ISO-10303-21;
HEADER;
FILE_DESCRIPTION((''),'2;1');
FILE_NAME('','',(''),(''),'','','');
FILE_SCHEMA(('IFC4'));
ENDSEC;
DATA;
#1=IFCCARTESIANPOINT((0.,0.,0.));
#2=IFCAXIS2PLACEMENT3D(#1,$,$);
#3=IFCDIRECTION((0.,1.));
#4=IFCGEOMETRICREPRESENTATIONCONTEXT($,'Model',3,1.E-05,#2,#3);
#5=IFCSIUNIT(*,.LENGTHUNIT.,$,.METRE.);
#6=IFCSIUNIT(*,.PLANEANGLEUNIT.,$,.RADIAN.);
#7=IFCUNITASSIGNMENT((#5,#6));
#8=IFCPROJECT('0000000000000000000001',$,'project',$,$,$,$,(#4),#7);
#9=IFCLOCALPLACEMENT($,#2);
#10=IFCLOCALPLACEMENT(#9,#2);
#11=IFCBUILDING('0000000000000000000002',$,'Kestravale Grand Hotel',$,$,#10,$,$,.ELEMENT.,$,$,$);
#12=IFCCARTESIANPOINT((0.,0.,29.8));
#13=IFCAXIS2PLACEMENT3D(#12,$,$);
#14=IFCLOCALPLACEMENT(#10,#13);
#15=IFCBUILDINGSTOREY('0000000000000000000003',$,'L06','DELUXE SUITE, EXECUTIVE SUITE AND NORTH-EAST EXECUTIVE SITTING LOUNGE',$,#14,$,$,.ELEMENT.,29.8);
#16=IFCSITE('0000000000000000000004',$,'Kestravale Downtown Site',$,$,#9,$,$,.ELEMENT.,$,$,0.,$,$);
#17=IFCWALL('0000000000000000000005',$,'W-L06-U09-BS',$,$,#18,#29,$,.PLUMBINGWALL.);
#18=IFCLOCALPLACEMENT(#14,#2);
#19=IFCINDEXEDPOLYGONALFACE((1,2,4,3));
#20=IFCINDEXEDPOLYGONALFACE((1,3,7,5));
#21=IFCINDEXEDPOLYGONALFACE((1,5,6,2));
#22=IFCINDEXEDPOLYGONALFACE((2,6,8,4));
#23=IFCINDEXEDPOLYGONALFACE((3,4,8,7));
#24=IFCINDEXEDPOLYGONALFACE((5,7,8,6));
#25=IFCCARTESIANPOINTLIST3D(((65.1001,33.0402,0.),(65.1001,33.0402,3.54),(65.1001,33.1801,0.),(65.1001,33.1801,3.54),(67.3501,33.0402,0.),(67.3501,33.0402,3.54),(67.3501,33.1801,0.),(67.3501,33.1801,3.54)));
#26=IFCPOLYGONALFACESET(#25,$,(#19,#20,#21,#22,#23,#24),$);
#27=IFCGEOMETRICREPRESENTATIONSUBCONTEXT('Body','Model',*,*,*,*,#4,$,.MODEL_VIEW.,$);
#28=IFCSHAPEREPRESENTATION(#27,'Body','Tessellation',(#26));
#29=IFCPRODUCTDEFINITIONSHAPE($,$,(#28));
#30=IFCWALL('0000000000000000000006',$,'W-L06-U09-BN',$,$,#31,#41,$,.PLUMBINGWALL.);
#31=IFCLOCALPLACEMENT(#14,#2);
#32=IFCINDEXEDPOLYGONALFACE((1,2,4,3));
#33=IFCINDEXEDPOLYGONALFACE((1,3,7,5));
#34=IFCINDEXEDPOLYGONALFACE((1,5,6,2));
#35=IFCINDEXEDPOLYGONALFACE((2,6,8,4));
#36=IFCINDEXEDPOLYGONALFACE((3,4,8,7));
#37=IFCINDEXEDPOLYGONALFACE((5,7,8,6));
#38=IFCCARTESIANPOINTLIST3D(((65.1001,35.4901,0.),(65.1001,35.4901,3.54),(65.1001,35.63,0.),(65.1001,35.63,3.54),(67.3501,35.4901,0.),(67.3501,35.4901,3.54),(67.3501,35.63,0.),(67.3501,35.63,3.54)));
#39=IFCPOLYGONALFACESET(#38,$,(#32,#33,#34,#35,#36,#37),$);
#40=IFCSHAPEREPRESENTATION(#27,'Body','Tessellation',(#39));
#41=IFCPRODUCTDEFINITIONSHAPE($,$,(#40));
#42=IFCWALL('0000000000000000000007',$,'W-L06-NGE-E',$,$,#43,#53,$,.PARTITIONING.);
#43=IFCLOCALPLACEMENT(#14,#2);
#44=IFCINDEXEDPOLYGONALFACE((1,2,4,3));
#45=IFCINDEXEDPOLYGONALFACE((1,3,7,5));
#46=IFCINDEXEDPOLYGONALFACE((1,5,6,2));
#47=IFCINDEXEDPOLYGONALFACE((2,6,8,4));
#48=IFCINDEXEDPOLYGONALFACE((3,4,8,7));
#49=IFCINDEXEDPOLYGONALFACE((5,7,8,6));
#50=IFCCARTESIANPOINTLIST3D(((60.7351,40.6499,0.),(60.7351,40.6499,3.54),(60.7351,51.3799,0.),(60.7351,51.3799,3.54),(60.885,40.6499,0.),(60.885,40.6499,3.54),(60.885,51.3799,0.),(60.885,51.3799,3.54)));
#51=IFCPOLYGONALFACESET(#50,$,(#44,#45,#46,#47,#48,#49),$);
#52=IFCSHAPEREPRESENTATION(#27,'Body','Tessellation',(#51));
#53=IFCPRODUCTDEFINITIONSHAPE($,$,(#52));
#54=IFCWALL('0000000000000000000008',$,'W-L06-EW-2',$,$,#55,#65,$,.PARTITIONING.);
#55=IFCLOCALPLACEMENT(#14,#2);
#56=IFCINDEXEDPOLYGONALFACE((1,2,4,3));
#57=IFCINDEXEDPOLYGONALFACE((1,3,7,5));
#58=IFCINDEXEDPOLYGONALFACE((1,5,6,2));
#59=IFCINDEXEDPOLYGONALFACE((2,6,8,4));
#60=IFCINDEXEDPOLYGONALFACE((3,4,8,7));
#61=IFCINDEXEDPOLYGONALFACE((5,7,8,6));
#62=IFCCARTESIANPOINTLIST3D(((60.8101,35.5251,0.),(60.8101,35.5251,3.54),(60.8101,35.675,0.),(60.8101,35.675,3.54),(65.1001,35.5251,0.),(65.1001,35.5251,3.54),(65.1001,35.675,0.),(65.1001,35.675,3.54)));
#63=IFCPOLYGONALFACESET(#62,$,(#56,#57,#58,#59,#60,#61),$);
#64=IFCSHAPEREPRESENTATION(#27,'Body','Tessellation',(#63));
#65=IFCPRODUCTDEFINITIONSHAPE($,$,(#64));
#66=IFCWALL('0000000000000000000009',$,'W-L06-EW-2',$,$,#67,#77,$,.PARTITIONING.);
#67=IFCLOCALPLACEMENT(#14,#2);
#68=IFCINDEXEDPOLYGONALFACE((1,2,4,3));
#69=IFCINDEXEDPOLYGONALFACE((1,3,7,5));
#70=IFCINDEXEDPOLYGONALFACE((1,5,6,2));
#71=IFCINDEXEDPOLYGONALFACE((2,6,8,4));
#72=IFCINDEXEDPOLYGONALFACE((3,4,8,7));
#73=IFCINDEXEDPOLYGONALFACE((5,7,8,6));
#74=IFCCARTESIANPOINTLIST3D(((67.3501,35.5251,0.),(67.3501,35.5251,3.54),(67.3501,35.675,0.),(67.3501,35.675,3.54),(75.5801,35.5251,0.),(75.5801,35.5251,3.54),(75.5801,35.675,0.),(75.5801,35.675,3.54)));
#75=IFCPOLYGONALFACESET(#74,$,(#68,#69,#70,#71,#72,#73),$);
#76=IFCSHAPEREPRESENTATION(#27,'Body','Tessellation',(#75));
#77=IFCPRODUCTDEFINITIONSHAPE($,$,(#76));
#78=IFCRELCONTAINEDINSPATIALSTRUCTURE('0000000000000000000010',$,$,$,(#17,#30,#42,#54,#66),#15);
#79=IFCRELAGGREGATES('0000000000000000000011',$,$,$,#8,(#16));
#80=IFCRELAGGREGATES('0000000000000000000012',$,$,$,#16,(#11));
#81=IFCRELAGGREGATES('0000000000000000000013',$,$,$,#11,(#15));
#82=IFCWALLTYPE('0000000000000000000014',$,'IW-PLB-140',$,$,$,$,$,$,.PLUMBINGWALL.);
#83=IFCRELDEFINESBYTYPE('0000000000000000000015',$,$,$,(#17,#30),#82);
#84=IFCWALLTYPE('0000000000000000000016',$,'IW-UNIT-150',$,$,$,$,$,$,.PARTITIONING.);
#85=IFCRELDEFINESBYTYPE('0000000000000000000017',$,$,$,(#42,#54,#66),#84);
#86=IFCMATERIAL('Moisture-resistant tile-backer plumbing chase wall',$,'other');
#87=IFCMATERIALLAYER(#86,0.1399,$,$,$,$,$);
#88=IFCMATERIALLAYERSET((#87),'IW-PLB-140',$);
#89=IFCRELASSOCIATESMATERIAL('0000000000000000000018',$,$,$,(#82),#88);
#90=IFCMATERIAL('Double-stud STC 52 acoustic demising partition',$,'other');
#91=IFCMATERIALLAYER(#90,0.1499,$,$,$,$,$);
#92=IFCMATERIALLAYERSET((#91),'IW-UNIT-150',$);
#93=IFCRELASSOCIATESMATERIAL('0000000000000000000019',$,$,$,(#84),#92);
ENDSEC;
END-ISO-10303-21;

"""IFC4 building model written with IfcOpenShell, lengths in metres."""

from ifc_helpers import new_model, si_unit, direction, frame, frame_2d, origin, place, context, subcontext, project, spatial, rectangle, extrude, material, layer, layer_set, type_object, element, save


model = new_model("IFC4")

# Units and contexts
model_context = context("Model", 3, precision=1e-05, world=origin(), true_north=direction((0.0, 1.0)))
body_context = subcontext(model_context, "Body", "Model", "MODEL_VIEW")
ifc_project = project(units=[si_unit("LENGTHUNIT", "METRE"), si_unit("PLANEANGLEUNIT", "RADIAN")], contexts=[model_context])

# Site, building, storey
site_placement = place(None, origin())
site = spatial("IfcSite", under=ifc_project, at=site_placement, Name="Kestravale Downtown Site", CompositionType="ELEMENT", RefElevation=0.0)
building_placement = place(site_placement, origin())
building = spatial("IfcBuilding", under=site, at=building_placement, Name="Kestravale Grand Hotel", CompositionType="ELEMENT")
storey_placement = place(building_placement, frame((0.0, 0.0, 29.8)))
storey = spatial("IfcBuildingStorey", under=building, at=storey_placement, Name="L06", Description="DELUXE SUITE, EXECUTIVE SUITE AND NORTH-EAST EXECUTIVE SITTING LOUNGE", CompositionType="ELEMENT", Elevation=29.8)

# Shared definitions
ifc_material_1 = material(Name="Moisture-resistant tile-backer plumbing chase wall", Category="other")
ifc_layer_1 = layer(ifc_material_1, 0.1399)
ifc_layer_set_1 = layer_set([ifc_layer_1], Name="IW-PLB-140")
wall_type_1 = type_object("IfcWallType", Name="IW-PLB-140", PredefinedType="PLUMBINGWALL", material=ifc_layer_set_1)

# Walls
for number, where, z_axis, x_axis, name in (
    (1, (65.1001, 33.1101, 0.0), (0.0, 0.0, 1.0), (1.0, 0.0, 0.0), "W-L06-U09-BS"),
    (2, (65.1001, 35.5601, 0.0), (0.0, 0.0, 1.0), (1.0, 0.0, 0.0), "W-L06-U09-BN"),
):
    element("IfcWall", number, at=place(storey_placement, frame(where, z_axis=z_axis, x_axis=x_axis)), inside=storey, type_object=wall_type_1, Name=name, PredefinedType="PLUMBINGWALL", context=body_context, shape_type="SweptSolid", body=[
        extrude(rectangle(XDim=2.25, YDim=0.1399, at=frame_2d((1.125, 0.0))), origin(), (0.0, 0.0, 1.0), 3.54),
    ])

# Shared definitions
ifc_material_2 = material(Name="Double-stud STC 52 acoustic demising partition", Category="other")
ifc_layer_2 = layer(ifc_material_2, 0.1499)
ifc_layer_set_2 = layer_set([ifc_layer_2], Name="IW-UNIT-150")
wall_type_2 = type_object("IfcWallType", Name="IW-UNIT-150", PredefinedType="PARTITIONING", material=ifc_layer_set_2)

# Walls
wall_1_placement = place(storey_placement, frame((60.8101, 40.6499, 0.0), z_axis=(0.0, 0.0, 1.0), x_axis=(0.0, 1.0, 0.0)))
element("IfcWall", 3, at=wall_1_placement, inside=storey, type_object=wall_type_2, Name="W-L06-NGE-E", PredefinedType="PARTITIONING", context=body_context, shape_type="SweptSolid", body=[
    extrude(rectangle(XDim=10.73, YDim=0.1499, at=frame_2d((5.365, 0.0))), origin(), (0.0, 0.0, 1.0), 3.54),
])
wall_2_placement = place(storey_placement, frame((60.8101, 35.6001, 0.0), z_axis=(0.0, 0.0, 1.0), x_axis=(1.0, 0.0, 0.0)))
element("IfcWall", 4, at=wall_2_placement, inside=storey, type_object=wall_type_2, Name="W-L06-EW-2", PredefinedType="PARTITIONING", context=body_context, shape_type="SweptSolid", body=[
    extrude(rectangle(XDim=4.29, YDim=0.1499, at=frame_2d((2.145, 0.0))), origin(), (0.0, 0.0, 1.0), 3.54),
])
wall_3_placement = place(storey_placement, frame((67.3501, 35.6001, 0.0), z_axis=(0.0, 0.0, 1.0), x_axis=(1.0, 0.0, 0.0)))
element("IfcWall", 5, at=wall_3_placement, inside=storey, type_object=wall_type_2, Name="W-L06-EW-2", PredefinedType="PARTITIONING", context=body_context, shape_type="SweptSolid", body=[
    extrude(rectangle(XDim=8.23, YDim=0.1499, at=frame_2d((4.115, 0.0))), origin(), (0.0, 0.0, 1.0), 3.54),
])

save(model, "model.ifc")
